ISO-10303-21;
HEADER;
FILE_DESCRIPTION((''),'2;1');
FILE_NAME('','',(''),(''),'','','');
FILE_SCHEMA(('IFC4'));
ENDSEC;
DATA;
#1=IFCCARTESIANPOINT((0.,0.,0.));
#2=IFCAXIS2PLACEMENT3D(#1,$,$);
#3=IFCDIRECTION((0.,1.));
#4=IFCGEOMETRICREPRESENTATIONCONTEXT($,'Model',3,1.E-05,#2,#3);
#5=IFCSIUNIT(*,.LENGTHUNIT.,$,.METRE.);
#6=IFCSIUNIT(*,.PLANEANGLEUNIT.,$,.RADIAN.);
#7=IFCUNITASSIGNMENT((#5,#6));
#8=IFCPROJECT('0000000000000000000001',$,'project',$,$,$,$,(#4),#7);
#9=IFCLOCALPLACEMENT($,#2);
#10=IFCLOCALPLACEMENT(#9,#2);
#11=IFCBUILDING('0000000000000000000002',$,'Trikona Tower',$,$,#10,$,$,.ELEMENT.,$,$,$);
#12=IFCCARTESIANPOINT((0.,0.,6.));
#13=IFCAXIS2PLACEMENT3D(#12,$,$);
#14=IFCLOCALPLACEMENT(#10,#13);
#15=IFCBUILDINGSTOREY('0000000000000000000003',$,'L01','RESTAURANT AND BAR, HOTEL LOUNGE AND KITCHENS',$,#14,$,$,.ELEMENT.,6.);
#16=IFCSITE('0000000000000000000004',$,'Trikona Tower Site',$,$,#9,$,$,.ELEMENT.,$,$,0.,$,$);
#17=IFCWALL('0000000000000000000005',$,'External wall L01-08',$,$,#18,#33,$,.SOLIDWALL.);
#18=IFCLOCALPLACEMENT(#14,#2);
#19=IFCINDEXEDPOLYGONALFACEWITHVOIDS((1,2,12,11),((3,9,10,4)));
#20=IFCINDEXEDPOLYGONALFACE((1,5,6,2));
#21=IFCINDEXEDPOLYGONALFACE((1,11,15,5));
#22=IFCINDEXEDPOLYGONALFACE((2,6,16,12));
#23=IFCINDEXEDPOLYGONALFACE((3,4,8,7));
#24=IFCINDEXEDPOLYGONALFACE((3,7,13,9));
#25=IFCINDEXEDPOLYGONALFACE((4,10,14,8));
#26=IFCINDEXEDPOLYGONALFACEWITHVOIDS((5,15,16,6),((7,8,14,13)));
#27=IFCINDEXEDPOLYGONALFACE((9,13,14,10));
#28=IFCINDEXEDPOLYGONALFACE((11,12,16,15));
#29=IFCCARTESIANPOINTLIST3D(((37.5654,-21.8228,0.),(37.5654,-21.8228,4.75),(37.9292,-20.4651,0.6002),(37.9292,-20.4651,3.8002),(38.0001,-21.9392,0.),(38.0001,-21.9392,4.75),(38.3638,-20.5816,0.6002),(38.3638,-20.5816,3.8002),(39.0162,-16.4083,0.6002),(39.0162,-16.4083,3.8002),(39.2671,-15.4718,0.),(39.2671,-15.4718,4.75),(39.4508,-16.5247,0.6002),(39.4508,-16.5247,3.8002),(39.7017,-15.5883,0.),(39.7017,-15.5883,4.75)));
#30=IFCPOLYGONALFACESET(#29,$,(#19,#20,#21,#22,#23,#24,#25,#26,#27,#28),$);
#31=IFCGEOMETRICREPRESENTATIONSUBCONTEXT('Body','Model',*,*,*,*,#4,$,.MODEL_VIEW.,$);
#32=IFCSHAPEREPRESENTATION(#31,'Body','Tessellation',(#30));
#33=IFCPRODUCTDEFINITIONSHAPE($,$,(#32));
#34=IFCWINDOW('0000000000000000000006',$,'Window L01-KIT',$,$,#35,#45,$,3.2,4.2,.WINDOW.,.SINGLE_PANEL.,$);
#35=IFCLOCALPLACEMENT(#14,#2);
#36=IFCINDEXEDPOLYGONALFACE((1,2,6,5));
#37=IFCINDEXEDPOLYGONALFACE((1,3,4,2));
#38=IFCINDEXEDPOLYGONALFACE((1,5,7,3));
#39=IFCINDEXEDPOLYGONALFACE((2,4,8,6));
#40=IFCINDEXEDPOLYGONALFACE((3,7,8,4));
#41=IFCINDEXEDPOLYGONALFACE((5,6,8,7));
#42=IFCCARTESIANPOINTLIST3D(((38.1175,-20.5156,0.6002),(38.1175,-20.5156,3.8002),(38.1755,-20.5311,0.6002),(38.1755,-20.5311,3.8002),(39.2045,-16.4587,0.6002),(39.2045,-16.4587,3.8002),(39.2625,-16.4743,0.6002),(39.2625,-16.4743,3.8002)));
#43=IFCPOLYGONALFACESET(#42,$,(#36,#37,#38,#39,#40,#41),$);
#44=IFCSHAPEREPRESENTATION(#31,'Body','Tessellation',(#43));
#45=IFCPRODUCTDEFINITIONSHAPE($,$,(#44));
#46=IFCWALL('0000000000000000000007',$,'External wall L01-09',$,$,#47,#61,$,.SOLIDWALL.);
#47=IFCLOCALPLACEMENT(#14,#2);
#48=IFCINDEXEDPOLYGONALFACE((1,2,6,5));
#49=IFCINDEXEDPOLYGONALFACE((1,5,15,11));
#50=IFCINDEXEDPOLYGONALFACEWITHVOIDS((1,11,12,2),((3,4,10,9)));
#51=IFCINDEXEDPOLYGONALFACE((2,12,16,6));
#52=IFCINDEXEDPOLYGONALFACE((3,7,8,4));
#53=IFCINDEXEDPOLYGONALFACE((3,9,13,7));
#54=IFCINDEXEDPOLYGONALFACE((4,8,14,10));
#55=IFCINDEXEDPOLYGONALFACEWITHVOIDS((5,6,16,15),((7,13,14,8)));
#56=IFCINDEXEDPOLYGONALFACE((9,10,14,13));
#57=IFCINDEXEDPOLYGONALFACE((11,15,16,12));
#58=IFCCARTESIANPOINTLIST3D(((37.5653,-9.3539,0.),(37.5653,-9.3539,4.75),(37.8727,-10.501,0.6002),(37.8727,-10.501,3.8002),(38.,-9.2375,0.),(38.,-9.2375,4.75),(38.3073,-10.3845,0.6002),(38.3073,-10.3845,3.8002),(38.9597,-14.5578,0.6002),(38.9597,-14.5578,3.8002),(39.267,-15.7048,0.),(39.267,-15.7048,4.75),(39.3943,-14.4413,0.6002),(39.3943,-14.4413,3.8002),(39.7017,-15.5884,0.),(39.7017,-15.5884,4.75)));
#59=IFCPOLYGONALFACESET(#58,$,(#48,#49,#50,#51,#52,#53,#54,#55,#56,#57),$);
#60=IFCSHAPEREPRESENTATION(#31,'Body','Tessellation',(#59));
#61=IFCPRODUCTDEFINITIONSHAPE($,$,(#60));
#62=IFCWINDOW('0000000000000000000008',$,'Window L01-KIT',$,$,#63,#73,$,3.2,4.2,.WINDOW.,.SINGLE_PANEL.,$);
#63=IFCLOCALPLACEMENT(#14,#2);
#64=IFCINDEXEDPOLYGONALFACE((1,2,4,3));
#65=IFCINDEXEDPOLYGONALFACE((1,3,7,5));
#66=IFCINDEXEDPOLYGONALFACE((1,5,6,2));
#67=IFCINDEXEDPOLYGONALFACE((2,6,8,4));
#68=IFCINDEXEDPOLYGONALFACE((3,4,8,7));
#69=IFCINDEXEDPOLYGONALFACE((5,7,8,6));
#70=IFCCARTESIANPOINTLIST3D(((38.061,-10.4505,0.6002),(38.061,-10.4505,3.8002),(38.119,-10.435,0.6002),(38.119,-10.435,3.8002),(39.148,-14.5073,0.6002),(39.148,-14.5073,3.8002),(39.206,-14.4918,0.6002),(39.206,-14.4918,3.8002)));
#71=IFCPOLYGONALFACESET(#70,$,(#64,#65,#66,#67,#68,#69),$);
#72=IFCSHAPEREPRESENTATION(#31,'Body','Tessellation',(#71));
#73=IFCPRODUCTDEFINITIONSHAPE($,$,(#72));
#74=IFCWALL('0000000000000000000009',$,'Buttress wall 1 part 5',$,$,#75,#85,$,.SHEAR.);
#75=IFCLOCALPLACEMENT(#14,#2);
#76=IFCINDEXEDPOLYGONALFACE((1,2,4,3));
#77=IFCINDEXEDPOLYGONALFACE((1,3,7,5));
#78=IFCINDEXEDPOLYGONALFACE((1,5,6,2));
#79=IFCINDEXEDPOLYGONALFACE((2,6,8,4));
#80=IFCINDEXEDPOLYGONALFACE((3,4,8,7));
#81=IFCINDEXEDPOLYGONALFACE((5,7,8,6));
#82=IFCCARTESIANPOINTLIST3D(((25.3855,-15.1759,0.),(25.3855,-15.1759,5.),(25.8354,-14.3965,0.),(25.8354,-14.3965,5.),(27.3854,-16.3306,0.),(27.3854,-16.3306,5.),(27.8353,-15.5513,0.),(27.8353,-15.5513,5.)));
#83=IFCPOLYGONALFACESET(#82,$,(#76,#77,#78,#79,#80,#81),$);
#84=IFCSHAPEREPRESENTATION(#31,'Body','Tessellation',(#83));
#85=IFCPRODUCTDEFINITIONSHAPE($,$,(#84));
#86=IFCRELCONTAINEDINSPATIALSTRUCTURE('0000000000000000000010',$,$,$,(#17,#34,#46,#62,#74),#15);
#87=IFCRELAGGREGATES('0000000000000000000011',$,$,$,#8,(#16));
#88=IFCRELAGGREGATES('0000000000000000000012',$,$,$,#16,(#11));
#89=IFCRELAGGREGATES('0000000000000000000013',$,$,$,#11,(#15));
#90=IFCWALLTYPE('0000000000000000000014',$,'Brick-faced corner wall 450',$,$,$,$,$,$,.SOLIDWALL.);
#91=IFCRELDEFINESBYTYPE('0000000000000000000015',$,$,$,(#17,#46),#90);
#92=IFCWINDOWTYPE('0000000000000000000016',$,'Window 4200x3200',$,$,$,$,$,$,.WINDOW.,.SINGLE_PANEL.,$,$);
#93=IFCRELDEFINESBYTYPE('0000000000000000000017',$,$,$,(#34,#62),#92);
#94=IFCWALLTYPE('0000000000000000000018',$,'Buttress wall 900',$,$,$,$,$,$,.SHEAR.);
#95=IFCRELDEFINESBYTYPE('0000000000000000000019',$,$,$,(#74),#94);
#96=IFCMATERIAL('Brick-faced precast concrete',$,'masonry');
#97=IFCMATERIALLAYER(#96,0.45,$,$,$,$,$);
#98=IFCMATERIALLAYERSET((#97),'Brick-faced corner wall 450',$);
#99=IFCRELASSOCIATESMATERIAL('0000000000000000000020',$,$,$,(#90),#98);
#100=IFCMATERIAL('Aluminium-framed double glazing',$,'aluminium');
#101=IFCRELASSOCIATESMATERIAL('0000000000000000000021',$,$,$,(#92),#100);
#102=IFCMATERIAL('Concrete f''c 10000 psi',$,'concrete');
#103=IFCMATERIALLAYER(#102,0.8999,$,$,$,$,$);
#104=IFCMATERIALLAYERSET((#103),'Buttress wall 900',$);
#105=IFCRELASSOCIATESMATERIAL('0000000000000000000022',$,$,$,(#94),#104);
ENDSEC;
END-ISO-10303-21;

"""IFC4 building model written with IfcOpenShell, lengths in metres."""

from ifc_helpers import new_model, si_unit, direction, frame, frame_2d, origin, place, context, subcontext, project, spatial, rectangle, extrude, material, layer, layer_set, type_object, element, fill, save


model = new_model("IFC4")

# Units and contexts
model_context = context("Model", 3, precision=1e-05, world=origin(), true_north=direction((0.0, 1.0)))
body_context = subcontext(model_context, "Body", "Model", "MODEL_VIEW")
ifc_project = project(units=[si_unit("LENGTHUNIT", "METRE"), si_unit("PLANEANGLEUNIT", "RADIAN")], contexts=[model_context])

# Site, building, storey
site_placement = place(None, origin())
site = spatial("IfcSite", under=ifc_project, at=site_placement, Name="Trikona Tower Site", CompositionType="ELEMENT", RefElevation=0.0)
building_placement = place(site_placement, origin())
building = spatial("IfcBuilding", under=site, at=building_placement, Name="Trikona Tower", CompositionType="ELEMENT")
storey_placement = place(building_placement, frame((0.0, 0.0, 6.0)))
storey = spatial("IfcBuildingStorey", under=building, at=storey_placement, Name="L01", Description="RESTAURANT AND BAR, HOTEL LOUNGE AND KITCHENS", CompositionType="ELEMENT", Elevation=6.0)

# Walls, openings, windows
ifc_material_1 = material(Name="Brick-faced precast concrete", Category="masonry")
ifc_layer_1 = layer(ifc_material_1, 0.45)
ifc_layer_set_1 = layer_set([ifc_layer_1], Name="Brick-faced corner wall 450")
wall_type_1 = type_object("IfcWallType", Name="Brick-faced corner wall 450", PredefinedType="SOLIDWALL", material=ifc_layer_set_1)
ifc_material_2 = material(Name="Aluminium-framed double glazing", Category="aluminium")
window_type = type_object("IfcWindowType", Name="Window 4200x3200", PartitioningType="SINGLE_PANEL", PredefinedType="WINDOW", material=ifc_material_2)
wall_1_placement = place(storey_placement, frame((37.7827, -21.8811, 0.0), z_axis=(0.0, 0.0, 1.0), x_axis=(0.258813, 0.965927, 0.0)))
wall_1 = element("IfcWall", 1, at=wall_1_placement, inside=storey, type_object=wall_type_1, Name="External wall L01-08", PredefinedType="SOLIDWALL", context=body_context, shape_type="SweptSolid", body=[
    extrude(rectangle(XDim=6.575, YDim=0.45, at=frame_2d((3.2876, 0.0))), origin(), (0.0, 0.0, 1.0), 4.75),
])
opening_1_placement = place(wall_1_placement, frame((1.4055, 0.0, 0.6001)))
opening_1 = element("IfcOpeningElement", 2, at=opening_1_placement, cuts=wall_1, PredefinedType="OPENING", context=body_context, shape_type="SweptSolid", body=[
    extrude(rectangle(XDim=4.2, YDim=3.2, at=frame_2d((2.1001, 1.6001))), frame((0.0, 0.2349, 0.0), z_axis=(0.0, -1.0, 0.0), x_axis=(1.0, 0.0, 0.0)), (0.0, 0.0, 1.0), 0.47),
])
window_1_placement = place(opening_1_placement, origin())
window_1 = element("IfcWindow", 3, at=window_1_placement, inside=storey, type_object=window_type, Name="Window L01-KIT", OverallHeight=3.2, OverallWidth=4.2, PartitioningType="SINGLE_PANEL", PredefinedType="WINDOW", context=body_context, shape_type="SweptSolid", body=[
    extrude(rectangle(XDim=4.2, YDim=3.2, at=frame_2d((2.1001, 1.6001))), frame((0.0, 0.03, 0.0), z_axis=(0.0, -1.0, 0.0), x_axis=(1.0, 0.0, 0.0)), (0.0, 0.0, 1.0), 0.0601),
])
fill(opening_1, window_1)
wall_2_placement = place(storey_placement, frame((39.4844, -15.6467, 0.0), z_axis=(0.0, 0.0, 1.0), x_axis=(-0.258813, 0.965927, 0.0)))
wall_2 = element("IfcWall", 4, at=wall_2_placement, inside=storey, type_object=wall_type_1, Name="External wall L01-09", PredefinedType="SOLIDWALL", context=body_context, shape_type="SweptSolid", body=[
    extrude(rectangle(XDim=6.575, YDim=0.45, at=frame_2d((3.2876, 0.0))), origin(), (0.0, 0.0, 1.0), 4.75),
])
opening_2_placement = place(wall_2_placement, frame((1.1875, 0.0, 0.6001)))
opening_2 = element("IfcOpeningElement", 5, at=opening_2_placement, cuts=wall_2, PredefinedType="OPENING", context=body_context, shape_type="SweptSolid", body=[
    extrude(rectangle(XDim=4.2, YDim=3.2, at=frame_2d((2.1001, 1.6001))), frame((0.0, 0.2349, 0.0), z_axis=(0.0, -1.0, 0.0), x_axis=(1.0, 0.0, 0.0)), (0.0, 0.0, 1.0), 0.47),
])
window_2_placement = place(opening_2_placement, origin())
window_2 = element("IfcWindow", 6, at=window_2_placement, inside=storey, type_object=window_type, Name="Window L01-KIT", OverallHeight=3.2, OverallWidth=4.2, PartitioningType="SINGLE_PANEL", PredefinedType="WINDOW", context=body_context, shape_type="SweptSolid", body=[
    extrude(rectangle(XDim=4.2, YDim=3.2, at=frame_2d((2.1001, 1.6001))), frame((0.0, 0.03, 0.0), z_axis=(0.0, -1.0, 0.0), x_axis=(1.0, 0.0, 0.0)), (0.0, 0.0, 1.0), 0.0601),
])
fill(opening_2, window_2)

# Wall
ifc_material_3 = material(Name="Concrete f'c 10000 psi", Category="concrete")
ifc_layer_2 = layer(ifc_material_3, 0.8999)
ifc_layer_set_2 = layer_set([ifc_layer_2], Name="Buttress wall 900")
wall_type_2 = type_object("IfcWallType", Name="Buttress wall 900", PredefinedType="SHEAR", material=ifc_layer_set_2)
wall_3_placement = place(storey_placement, frame((25.6104, -14.7861, 0.0), z_axis=(0.0, 0.0, 1.0), x_axis=(0.86601, -0.500027, 0.0)))
element("IfcWall", 7, at=wall_3_placement, inside=storey, type_object=wall_type_2, Name="Buttress wall 1 part 5", PredefinedType="SHEAR", context=body_context, shape_type="SweptSolid", body=[
    extrude(rectangle(XDim=2.3093, YDim=0.8999, at=frame_2d((1.1548, 0.0))), origin(), (0.0, 0.0, 1.0), 5.0),
])

save(model, "model.ifc")
